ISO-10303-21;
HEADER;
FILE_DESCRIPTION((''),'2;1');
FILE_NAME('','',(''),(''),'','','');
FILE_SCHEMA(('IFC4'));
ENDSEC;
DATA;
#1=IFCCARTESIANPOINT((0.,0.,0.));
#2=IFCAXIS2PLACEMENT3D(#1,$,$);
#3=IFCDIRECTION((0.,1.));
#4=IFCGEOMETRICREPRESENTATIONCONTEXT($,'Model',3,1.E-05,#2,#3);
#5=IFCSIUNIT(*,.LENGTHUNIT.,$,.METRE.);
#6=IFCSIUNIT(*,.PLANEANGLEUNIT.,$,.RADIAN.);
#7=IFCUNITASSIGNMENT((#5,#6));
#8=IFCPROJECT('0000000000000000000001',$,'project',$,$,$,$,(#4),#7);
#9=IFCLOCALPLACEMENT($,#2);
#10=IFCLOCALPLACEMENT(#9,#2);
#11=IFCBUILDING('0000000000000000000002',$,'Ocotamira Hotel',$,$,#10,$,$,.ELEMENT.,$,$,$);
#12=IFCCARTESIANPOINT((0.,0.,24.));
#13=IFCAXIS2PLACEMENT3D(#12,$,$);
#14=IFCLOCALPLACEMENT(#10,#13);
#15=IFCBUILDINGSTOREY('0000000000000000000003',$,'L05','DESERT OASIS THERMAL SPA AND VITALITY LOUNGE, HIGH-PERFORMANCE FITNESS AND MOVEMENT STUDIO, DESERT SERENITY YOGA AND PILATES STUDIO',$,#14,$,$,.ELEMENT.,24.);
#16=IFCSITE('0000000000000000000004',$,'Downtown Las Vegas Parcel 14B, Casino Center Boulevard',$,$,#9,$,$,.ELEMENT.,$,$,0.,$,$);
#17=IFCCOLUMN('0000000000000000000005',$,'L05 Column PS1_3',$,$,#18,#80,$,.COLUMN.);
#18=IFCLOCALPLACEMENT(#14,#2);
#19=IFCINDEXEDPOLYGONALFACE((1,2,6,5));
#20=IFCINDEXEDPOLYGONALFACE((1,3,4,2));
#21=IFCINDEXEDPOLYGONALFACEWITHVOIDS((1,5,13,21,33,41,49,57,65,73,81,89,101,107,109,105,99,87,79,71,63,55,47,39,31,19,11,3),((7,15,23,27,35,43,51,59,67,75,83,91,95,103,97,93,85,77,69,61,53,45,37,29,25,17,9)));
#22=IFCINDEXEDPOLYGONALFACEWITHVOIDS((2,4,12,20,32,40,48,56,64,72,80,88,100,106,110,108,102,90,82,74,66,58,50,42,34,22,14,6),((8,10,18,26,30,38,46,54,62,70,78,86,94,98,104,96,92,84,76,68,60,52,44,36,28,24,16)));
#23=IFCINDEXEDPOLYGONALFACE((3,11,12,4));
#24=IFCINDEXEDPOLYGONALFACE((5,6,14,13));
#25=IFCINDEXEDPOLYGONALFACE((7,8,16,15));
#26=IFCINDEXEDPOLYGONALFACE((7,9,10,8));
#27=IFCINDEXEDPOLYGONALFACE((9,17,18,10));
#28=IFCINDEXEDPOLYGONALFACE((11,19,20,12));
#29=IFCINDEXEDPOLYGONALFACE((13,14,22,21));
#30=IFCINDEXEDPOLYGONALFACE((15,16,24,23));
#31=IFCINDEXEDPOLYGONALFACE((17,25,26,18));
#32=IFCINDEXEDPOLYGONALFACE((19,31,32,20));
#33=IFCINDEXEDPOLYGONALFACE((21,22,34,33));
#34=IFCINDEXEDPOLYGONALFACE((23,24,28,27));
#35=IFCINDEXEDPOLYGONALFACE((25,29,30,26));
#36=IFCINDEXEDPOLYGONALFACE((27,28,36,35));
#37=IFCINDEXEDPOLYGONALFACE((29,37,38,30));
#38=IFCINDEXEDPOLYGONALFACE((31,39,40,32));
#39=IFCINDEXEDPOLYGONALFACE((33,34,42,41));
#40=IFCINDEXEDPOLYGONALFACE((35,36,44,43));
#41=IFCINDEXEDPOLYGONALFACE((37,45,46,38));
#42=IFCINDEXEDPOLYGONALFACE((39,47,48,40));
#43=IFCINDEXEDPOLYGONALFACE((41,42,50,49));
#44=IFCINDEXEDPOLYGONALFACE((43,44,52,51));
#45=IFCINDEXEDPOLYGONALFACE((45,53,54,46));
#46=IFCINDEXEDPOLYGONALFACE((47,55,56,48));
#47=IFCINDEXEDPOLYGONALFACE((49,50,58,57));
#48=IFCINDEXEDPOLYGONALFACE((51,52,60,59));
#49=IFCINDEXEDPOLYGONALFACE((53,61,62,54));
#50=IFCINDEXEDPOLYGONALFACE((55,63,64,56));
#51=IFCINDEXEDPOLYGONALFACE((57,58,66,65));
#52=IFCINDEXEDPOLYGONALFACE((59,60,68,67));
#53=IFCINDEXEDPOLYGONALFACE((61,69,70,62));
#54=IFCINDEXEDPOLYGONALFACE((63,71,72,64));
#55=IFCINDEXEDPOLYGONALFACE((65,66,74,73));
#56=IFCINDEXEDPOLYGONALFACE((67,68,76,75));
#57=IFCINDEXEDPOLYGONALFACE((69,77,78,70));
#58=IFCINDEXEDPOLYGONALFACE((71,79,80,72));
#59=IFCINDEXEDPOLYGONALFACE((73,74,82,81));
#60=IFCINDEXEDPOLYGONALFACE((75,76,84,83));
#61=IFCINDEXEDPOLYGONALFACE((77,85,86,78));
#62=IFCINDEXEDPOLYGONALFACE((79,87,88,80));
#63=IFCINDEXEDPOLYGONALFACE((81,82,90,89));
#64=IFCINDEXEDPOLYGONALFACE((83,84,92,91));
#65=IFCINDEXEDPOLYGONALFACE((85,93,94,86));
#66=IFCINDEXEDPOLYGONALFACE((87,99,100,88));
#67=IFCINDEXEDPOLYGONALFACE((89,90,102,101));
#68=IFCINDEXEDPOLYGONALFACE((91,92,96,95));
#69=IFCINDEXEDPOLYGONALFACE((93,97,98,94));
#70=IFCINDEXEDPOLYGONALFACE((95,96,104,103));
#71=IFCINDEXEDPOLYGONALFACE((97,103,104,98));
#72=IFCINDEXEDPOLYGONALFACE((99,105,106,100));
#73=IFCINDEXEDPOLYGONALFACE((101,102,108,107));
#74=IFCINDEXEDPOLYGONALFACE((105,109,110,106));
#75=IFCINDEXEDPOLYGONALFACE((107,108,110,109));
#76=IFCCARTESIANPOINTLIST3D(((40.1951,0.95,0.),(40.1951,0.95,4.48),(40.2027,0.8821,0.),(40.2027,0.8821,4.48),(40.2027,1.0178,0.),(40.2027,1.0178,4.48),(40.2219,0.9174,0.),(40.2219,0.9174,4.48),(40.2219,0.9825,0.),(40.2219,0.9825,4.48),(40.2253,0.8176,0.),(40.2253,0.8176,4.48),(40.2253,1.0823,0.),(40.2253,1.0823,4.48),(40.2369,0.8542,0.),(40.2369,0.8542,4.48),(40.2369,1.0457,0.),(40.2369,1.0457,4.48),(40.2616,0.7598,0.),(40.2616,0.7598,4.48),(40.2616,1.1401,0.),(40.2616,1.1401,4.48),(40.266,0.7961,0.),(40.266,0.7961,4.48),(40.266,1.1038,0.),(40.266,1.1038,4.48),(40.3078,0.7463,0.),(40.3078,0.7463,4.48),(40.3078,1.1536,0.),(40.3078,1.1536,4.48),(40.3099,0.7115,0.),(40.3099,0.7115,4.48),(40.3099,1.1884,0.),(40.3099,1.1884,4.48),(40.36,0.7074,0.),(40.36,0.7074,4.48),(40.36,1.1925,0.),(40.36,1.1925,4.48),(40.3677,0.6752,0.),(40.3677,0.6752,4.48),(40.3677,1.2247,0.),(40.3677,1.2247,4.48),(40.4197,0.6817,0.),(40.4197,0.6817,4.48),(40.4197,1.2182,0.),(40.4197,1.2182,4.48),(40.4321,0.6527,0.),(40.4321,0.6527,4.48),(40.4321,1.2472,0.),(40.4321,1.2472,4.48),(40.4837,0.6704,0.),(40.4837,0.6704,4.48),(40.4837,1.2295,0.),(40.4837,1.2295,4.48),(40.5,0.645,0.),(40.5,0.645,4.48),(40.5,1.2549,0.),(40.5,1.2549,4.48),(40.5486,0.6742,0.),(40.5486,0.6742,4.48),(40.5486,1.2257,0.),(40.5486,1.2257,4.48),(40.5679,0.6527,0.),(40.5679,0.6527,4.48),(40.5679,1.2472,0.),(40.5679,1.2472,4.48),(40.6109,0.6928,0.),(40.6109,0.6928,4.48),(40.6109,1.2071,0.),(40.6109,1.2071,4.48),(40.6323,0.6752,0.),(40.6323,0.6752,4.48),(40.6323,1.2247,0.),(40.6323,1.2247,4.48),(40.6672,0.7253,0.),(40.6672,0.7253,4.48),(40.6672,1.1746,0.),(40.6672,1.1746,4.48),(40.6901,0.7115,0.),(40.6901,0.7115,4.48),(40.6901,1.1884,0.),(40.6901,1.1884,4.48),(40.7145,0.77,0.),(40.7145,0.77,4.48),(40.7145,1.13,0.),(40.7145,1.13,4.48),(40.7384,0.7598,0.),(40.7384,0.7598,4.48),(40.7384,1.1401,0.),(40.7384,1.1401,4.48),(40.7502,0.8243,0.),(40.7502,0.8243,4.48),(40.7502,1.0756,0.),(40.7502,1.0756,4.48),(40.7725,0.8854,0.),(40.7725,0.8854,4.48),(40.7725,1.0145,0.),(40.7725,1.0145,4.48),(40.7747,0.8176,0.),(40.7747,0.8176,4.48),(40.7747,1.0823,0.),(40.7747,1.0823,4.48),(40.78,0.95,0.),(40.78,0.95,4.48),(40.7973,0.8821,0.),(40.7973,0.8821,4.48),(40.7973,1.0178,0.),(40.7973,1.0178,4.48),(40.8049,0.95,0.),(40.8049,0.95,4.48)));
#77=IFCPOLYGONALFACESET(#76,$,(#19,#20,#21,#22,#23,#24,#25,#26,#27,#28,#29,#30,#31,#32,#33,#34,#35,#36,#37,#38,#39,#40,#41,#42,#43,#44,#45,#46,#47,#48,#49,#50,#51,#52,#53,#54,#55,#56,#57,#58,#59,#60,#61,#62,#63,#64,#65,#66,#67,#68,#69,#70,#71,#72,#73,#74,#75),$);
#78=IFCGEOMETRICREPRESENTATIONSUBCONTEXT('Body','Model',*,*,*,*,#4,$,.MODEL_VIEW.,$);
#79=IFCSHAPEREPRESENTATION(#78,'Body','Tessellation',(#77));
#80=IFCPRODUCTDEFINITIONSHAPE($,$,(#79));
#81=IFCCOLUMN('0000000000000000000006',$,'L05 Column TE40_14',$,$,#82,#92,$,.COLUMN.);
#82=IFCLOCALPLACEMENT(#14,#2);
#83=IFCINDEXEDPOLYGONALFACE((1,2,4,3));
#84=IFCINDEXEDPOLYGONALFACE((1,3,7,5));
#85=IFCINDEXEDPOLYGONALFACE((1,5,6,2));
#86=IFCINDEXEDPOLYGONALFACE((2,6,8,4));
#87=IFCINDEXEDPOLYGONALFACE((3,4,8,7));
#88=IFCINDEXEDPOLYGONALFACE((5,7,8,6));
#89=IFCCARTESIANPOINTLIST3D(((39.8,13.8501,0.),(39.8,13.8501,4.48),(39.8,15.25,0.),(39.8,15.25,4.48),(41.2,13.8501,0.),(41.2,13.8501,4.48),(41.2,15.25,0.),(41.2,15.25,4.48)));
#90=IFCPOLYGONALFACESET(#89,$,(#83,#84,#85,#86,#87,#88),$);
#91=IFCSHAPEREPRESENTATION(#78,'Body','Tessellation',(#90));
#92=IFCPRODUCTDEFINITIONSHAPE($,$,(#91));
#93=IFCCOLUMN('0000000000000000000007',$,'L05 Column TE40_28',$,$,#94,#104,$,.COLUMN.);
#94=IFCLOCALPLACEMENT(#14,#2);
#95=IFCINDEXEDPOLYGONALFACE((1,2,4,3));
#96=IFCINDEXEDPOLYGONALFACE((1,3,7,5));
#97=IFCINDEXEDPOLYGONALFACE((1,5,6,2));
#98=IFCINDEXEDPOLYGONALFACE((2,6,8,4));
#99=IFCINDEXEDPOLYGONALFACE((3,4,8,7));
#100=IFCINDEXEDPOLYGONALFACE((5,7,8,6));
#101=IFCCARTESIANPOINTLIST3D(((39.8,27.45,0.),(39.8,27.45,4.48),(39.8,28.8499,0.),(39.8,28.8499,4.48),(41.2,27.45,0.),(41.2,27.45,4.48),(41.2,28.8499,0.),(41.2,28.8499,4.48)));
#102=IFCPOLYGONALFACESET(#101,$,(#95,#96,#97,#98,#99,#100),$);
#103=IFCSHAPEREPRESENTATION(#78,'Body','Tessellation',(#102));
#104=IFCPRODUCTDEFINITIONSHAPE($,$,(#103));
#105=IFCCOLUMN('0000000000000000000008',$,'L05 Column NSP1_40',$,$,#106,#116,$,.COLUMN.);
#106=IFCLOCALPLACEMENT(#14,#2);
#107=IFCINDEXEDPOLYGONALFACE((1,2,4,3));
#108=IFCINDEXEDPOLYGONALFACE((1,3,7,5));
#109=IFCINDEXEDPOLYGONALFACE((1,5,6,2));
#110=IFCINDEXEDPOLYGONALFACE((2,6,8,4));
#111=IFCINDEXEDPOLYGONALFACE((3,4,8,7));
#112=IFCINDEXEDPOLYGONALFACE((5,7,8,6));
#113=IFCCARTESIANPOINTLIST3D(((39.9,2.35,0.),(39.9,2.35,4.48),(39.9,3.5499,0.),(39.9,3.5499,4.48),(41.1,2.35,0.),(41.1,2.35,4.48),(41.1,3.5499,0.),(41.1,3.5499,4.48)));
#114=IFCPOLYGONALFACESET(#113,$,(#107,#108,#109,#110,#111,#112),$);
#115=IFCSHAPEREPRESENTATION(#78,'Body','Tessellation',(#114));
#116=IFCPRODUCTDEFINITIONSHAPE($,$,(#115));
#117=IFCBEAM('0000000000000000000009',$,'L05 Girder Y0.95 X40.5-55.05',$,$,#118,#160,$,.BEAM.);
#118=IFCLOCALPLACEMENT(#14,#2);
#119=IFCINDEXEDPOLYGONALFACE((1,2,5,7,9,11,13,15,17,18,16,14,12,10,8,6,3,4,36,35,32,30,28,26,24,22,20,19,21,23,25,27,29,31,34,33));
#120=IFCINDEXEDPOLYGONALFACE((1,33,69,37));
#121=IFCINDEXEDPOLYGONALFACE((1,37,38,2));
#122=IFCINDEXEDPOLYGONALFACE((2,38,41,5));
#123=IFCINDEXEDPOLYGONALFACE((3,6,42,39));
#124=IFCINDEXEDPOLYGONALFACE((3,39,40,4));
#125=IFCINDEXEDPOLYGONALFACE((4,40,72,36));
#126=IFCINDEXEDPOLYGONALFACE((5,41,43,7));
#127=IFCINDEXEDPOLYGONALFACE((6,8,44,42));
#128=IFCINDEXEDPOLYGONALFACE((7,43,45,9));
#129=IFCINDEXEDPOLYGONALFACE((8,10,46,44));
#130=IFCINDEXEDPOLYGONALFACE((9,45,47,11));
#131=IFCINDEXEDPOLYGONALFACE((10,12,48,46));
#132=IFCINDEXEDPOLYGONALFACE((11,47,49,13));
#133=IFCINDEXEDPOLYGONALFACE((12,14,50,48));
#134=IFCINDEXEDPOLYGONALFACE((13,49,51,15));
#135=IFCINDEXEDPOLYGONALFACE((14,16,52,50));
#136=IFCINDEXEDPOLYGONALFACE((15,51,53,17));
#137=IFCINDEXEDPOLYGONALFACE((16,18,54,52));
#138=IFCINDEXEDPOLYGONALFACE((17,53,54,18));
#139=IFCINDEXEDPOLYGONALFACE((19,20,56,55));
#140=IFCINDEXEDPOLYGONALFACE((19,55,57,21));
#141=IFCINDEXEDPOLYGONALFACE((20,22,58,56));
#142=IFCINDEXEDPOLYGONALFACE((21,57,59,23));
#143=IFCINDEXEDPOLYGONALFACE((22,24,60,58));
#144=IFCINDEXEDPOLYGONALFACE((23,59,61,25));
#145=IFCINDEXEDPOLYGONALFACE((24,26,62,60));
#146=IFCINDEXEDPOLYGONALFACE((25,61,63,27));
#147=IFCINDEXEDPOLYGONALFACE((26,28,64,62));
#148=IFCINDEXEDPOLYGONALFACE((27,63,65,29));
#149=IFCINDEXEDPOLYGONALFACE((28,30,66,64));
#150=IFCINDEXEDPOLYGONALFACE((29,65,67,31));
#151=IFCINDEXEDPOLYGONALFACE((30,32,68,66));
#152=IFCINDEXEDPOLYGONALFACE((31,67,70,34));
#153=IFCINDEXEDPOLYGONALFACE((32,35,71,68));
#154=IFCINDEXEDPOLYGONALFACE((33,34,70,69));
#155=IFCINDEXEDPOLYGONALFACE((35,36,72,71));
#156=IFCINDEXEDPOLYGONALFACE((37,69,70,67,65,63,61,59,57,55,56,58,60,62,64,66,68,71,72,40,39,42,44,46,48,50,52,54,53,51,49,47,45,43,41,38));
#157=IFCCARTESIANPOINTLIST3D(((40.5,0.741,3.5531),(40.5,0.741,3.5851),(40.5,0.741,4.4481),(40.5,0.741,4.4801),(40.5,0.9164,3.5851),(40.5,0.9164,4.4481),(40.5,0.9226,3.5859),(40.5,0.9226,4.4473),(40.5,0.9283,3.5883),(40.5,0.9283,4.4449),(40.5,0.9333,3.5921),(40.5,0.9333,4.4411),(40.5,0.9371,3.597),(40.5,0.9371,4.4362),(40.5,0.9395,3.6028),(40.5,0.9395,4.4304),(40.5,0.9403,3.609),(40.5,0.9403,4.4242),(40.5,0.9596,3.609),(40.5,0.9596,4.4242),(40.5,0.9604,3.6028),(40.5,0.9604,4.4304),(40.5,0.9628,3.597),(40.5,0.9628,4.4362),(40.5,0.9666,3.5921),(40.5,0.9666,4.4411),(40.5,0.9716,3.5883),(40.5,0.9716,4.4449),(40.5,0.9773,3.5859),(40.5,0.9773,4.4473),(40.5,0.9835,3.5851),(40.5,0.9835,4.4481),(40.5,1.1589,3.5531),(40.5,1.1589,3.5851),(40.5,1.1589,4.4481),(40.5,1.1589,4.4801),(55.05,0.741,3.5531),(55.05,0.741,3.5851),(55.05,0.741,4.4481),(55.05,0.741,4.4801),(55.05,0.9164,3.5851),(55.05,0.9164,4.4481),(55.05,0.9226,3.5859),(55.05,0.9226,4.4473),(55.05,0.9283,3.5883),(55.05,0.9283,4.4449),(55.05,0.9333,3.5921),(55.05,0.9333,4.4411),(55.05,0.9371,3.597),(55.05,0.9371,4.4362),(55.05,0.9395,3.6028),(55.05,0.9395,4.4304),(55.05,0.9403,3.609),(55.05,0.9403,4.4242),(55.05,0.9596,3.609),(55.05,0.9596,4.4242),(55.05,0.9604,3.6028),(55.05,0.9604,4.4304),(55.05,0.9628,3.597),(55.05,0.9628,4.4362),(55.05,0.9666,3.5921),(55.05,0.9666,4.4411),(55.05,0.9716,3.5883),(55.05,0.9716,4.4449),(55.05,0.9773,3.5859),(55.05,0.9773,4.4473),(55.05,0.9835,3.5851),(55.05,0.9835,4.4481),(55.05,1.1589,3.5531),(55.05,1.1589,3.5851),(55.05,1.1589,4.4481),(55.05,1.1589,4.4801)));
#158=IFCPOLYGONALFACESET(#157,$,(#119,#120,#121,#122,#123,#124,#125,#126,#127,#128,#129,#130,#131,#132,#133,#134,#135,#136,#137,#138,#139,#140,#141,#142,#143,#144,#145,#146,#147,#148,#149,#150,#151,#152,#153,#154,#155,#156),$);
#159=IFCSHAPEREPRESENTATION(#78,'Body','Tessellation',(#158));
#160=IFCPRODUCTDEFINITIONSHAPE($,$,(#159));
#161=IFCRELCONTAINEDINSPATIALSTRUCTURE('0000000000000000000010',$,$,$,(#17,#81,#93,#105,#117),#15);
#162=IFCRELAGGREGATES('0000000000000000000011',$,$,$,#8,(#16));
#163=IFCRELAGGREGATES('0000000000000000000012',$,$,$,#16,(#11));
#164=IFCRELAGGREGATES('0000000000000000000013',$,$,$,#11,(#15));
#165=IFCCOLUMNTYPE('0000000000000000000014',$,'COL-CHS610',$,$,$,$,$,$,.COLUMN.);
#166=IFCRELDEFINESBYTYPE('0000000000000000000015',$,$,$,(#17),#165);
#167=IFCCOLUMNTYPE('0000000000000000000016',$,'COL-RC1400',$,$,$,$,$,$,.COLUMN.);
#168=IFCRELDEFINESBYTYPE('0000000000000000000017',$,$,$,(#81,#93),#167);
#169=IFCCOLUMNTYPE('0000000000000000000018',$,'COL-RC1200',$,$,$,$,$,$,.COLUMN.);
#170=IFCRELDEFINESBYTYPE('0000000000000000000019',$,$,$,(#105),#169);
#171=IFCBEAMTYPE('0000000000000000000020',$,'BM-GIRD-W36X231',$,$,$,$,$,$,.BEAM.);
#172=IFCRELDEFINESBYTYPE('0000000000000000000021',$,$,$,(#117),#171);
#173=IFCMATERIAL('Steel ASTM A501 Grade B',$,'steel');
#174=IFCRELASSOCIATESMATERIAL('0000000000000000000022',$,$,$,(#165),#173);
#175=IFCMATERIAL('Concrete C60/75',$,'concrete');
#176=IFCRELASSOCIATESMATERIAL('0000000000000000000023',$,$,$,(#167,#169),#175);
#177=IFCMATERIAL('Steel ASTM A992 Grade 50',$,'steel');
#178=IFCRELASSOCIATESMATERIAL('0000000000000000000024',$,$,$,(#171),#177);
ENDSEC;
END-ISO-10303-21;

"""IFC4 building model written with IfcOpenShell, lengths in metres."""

from ifc_helpers import new_model, si_unit, direction, frame, origin, origin_2d, place, context, subcontext, project, spatial, rectangle, hollow_circle, i_section, extrude, source, transform, mapped, material, material_profile, profile_set, type_object, element, save


model = new_model("IFC4")

# Units and contexts
model_context = context("Model", 3, precision=1e-05, world=origin(), true_north=direction((0.0, 1.0)))
body_context = subcontext(model_context, "Body", "Model", "MODEL_VIEW")
ifc_project = project(units=[si_unit("LENGTHUNIT", "METRE"), si_unit("PLANEANGLEUNIT", "RADIAN")], contexts=[model_context])

# Site, building, storey
site_placement = place(None, origin())
site = spatial("IfcSite", under=ifc_project, at=site_placement, Name="Downtown Las Vegas Parcel 14B, Casino Center Boulevard", CompositionType="ELEMENT", RefElevation=0.0)
building_placement = place(site_placement, origin())
building = spatial("IfcBuilding", under=site, at=building_placement, Name="Ocotamira Hotel", CompositionType="ELEMENT")
storey_placement = place(building_placement, frame((0.0, 0.0, 24.0)))
storey = spatial("IfcBuildingStorey", under=building, at=storey_placement, Name="L05", Description="DESERT OASIS THERMAL SPA AND VITALITY LOUNGE, HIGH-PERFORMANCE FITNESS AND MOVEMENT STUDIO, DESERT SERENITY YOGA AND PILATES STUDIO", CompositionType="ELEMENT", Elevation=24.0)

# Columns
ifc_material_1 = material(Name="Steel ASTM A501 Grade B", Category="steel")
ifc_material_profile_1 = material_profile(ifc_material_1, hollow_circle(Radius=0.3049, WallThickness=0.0249, at=origin_2d()), Name="CHS610X25")
ifc_profile_set_1 = profile_set([ifc_material_profile_1], Name="Steel ASTM A501 Grade B")
column_type_1 = type_object("IfcColumnType", Name="COL-CHS610", PredefinedType="COLUMN", material=ifc_profile_set_1)
shared_shape_1 = source(origin(), body_context, "Body", "SweptSolid", [
    extrude(hollow_circle(Radius=0.3049, WallThickness=0.0249, at=origin_2d()), origin(), (0.0, 0.0, 1.0), 4.48),
])
column_1_placement = place(storey_placement, frame((40.5, 0.95, 0.0), z_axis=(0.0, 0.0, 1.0), x_axis=(1.0, 0.0, 0.0)))
element("IfcColumn", 1, at=column_1_placement, inside=storey, type_object=column_type_1, Name="L05 Column PS1_3", PredefinedType="COLUMN", context=body_context, shape_type="MappedRepresentation", body=[
    mapped(shared_shape_1, transform((0.0, 0.0, 0.0), scale=1.0)),
])
ifc_material_2 = material(Name="Concrete C60/75", Category="concrete")
ifc_material_profile_2 = material_profile(ifc_material_2, rectangle(XDim=1.3999, YDim=1.3999, at=origin_2d()), Name="RC1400X1400")
ifc_profile_set_2 = profile_set([ifc_material_profile_2], Name="Concrete C60/75")
column_type_2 = type_object("IfcColumnType", Name="COL-RC1400", PredefinedType="COLUMN", material=ifc_profile_set_2)
shared_shape_2 = source(origin(), body_context, "Body", "SweptSolid", [
    extrude(rectangle(XDim=1.3999, YDim=1.3999, at=origin_2d()), origin(), (0.0, 0.0, 1.0), 4.48),
])
for number, where, z_axis, x_axis, name in (
    (2, (40.5, 14.55, 0.0), (0.0, 0.0, 1.0), (1.0, 0.0, 0.0), "L05 Column TE40_14"),
    (3, (40.5, 28.1499, 0.0), (0.0, 0.0, 1.0), (1.0, 0.0, 0.0), "L05 Column TE40_28"),
):
    element("IfcColumn", number, at=place(storey_placement, frame(where, z_axis=z_axis, x_axis=x_axis)), inside=storey, type_object=column_type_2, Name=name, PredefinedType="COLUMN", context=body_context, shape_type="MappedRepresentation", body=[
        mapped(shared_shape_2, transform((0.0, 0.0, 0.0), scale=1.0)),
    ])
ifc_material_profile_3 = material_profile(ifc_material_2, rectangle(XDim=1.2, YDim=1.2, at=origin_2d()), Name="RC1200X1200")
ifc_profile_set_3 = profile_set([ifc_material_profile_3], Name="Concrete C60/75")
column_type_3 = type_object("IfcColumnType", Name="COL-RC1200", PredefinedType="COLUMN", material=ifc_profile_set_3)
shared_shape_3 = source(origin(), body_context, "Body", "SweptSolid", [
    extrude(rectangle(XDim=1.2, YDim=1.2, at=origin_2d()), origin(), (0.0, 0.0, 1.0), 4.48),
])
column_2_placement = place(storey_placement, frame((40.5, 2.95, 0.0), z_axis=(0.0, 0.0, 1.0), x_axis=(1.0, 0.0, 0.0)))
element("IfcColumn", 4, at=column_2_placement, inside=storey, type_object=column_type_3, Name="L05 Column NSP1_40", PredefinedType="COLUMN", context=body_context, shape_type="MappedRepresentation", body=[
    mapped(shared_shape_3, transform((0.0, 0.0, 0.0), scale=1.0)),
])

# Beam
ifc_material_3 = material(Name="Steel ASTM A992 Grade 50", Category="steel")
ifc_material_profile_4 = material_profile(ifc_material_3, i_section(OverallWidth=0.418, OverallDepth=0.927, WebThickness=0.0193, FlangeThickness=0.032, FilletRadius=0.0239, at=origin_2d()), Name="W36X231")
ifc_profile_set_4 = profile_set([ifc_material_profile_4], Name="Steel ASTM A992 Grade 50")
beam_type_1 = type_object("IfcBeamType", Name="BM-GIRD-W36X231", PredefinedType="BEAM", material=ifc_profile_set_4)
shared_shape_4 = source(origin(), body_context, "Body", "SweptSolid", [
    extrude(i_section(OverallWidth=0.418, OverallDepth=0.927, WebThickness=0.0193, FlangeThickness=0.032, FilletRadius=0.0239, at=origin_2d()), origin(), (0.0, 0.0, 1.0), 14.55),
])
for number, where, z_axis, x_axis, name in (
    (5, (40.5, 0.95, 4.0166), (1.0, 0.0, 0.0), (0.0, 1.0, 0.0), "L05 Girder Y0.95 X40.5-55.05"),
):
    element("IfcBeam", number, at=place(storey_placement, frame(where, z_axis=z_axis, x_axis=x_axis)), inside=storey, type_object=beam_type_1, Name=name, PredefinedType="BEAM", context=body_context, shape_type="MappedRepresentation", body=[
        mapped(shared_shape_4, transform((0.0, 0.0, 0.0), scale=1.0)),
    ])

save(model, "model.ifc")
